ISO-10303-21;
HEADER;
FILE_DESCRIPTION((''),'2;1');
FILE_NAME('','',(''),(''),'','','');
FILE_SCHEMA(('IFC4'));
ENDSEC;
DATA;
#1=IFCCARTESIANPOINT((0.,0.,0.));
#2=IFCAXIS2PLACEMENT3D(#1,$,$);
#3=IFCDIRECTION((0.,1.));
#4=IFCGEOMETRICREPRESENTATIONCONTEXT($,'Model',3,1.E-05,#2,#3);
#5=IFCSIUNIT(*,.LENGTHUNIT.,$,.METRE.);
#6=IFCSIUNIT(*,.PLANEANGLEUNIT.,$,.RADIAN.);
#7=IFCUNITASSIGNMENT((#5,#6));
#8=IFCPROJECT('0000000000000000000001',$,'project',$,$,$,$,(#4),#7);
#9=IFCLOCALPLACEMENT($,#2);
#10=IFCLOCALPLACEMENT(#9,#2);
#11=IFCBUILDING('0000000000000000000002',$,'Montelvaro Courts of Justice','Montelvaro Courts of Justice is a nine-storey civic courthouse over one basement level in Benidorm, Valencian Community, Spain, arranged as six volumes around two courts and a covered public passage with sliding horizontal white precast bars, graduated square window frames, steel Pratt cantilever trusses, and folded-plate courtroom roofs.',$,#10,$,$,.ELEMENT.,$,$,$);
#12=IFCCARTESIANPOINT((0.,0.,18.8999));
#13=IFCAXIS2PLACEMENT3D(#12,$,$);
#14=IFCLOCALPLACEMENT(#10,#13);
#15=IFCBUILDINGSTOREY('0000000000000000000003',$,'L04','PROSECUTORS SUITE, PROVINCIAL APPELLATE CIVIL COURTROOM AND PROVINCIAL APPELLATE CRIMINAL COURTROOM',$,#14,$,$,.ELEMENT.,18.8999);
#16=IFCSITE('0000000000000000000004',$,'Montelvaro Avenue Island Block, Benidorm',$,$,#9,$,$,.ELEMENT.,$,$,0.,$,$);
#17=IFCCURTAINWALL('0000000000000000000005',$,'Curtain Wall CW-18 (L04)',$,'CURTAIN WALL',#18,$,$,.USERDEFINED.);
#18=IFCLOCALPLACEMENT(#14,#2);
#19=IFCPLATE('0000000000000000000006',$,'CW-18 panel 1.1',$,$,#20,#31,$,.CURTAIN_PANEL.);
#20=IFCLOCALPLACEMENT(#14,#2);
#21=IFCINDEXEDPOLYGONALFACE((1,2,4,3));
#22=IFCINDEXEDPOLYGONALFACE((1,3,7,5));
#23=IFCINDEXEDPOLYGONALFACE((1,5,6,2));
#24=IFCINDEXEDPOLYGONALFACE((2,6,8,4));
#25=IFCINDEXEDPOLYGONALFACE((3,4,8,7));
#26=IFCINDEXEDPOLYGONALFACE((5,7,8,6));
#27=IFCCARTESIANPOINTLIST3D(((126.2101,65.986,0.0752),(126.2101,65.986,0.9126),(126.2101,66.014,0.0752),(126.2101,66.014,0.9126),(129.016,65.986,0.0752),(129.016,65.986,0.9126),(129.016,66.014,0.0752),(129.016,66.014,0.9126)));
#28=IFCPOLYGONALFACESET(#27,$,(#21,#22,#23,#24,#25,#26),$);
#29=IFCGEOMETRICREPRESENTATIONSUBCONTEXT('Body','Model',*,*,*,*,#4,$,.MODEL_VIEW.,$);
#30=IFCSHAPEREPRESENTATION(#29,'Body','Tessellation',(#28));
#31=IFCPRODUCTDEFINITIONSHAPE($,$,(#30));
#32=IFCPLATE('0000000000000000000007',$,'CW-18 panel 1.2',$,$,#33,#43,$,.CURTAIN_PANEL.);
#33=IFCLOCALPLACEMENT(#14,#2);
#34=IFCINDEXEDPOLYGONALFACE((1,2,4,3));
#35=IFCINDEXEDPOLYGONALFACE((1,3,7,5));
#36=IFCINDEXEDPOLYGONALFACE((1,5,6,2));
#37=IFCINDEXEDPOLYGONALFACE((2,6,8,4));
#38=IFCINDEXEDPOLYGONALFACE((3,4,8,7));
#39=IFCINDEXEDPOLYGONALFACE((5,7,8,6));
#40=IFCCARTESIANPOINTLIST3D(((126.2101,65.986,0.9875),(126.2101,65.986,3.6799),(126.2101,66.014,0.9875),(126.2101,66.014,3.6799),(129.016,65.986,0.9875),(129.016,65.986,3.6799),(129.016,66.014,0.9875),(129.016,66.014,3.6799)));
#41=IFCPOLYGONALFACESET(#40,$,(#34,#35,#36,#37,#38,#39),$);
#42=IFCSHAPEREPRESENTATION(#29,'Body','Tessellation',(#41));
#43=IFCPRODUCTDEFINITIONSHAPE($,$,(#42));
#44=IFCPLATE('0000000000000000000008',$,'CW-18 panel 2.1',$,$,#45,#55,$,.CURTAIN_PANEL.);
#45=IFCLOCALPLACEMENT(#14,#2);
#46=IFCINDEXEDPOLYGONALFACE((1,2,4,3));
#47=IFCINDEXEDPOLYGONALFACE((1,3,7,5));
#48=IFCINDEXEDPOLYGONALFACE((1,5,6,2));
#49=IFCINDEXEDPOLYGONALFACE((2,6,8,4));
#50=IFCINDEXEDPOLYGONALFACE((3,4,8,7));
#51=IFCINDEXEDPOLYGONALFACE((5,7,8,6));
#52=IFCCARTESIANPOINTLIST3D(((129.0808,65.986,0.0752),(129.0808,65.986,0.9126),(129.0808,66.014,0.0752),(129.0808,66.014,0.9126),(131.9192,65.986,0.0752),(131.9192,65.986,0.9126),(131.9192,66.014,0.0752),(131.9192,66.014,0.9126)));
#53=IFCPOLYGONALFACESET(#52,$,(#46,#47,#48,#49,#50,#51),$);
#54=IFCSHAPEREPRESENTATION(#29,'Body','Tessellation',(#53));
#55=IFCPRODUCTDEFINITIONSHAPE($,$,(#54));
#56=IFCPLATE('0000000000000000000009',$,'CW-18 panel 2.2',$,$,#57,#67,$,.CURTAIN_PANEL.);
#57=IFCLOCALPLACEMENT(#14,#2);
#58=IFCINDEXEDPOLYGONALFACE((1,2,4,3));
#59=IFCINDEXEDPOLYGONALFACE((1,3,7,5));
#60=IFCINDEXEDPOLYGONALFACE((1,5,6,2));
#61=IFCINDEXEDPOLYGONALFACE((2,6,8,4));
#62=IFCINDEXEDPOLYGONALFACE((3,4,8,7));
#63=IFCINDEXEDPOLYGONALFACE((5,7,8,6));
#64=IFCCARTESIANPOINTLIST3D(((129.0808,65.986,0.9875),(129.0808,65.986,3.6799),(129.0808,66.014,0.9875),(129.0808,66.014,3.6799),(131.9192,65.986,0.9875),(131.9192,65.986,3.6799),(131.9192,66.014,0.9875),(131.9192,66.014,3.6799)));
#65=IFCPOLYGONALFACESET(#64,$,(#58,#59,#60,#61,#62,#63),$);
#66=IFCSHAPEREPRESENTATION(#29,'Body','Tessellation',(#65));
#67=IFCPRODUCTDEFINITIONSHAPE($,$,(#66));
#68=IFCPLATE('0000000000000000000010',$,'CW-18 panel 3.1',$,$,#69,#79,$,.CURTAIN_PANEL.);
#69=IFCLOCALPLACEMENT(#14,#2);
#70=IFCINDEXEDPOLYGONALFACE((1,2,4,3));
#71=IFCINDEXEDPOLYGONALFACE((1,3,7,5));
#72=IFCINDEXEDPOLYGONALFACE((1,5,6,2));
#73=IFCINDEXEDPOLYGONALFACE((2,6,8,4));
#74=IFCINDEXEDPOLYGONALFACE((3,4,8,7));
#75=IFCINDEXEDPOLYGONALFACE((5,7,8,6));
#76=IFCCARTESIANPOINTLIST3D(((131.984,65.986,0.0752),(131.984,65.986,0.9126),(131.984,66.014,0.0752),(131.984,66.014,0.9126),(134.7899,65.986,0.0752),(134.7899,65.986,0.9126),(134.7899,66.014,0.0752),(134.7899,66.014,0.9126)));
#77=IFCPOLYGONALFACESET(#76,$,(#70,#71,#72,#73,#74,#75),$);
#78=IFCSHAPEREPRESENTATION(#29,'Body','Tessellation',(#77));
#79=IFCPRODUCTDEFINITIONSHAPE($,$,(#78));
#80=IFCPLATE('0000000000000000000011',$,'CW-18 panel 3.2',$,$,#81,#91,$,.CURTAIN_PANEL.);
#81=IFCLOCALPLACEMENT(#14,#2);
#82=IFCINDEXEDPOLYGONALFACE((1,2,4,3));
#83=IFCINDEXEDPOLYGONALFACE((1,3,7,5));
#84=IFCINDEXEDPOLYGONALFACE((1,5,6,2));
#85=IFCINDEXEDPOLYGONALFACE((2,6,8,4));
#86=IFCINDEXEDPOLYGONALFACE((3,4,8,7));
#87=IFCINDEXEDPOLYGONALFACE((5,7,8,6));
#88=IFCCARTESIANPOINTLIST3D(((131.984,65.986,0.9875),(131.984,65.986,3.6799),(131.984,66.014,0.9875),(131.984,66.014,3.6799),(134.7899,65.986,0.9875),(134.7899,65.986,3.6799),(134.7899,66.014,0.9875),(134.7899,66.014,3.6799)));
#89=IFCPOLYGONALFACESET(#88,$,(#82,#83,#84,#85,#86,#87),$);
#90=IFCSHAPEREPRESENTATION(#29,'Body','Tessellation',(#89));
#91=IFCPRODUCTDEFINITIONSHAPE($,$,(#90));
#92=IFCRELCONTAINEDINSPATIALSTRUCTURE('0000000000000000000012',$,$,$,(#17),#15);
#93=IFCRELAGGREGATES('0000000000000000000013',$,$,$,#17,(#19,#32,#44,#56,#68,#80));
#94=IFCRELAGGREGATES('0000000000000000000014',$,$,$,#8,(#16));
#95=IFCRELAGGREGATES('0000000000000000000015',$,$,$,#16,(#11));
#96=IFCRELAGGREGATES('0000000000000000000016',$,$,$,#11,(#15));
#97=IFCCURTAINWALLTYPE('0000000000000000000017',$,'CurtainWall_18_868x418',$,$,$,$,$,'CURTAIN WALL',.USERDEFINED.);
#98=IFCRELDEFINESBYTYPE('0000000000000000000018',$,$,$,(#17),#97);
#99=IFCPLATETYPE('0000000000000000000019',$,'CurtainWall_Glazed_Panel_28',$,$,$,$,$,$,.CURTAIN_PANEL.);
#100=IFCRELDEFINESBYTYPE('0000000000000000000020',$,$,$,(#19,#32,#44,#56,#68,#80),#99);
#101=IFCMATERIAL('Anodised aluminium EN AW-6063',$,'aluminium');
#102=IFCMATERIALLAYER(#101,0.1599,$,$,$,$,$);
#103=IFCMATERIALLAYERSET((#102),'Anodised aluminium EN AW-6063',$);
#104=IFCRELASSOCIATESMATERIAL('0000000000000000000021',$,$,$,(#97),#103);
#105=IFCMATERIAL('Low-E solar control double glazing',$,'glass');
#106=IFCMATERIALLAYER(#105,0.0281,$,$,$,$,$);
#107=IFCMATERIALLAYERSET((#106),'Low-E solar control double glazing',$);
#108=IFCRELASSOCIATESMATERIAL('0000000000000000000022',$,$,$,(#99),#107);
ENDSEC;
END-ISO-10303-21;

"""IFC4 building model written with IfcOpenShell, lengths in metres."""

from ifc_helpers import new_model, si_unit, direction, frame, origin, origin_2d, place, context, subcontext, project, spatial, rectangle, extrude, material, layer, layer_set, type_object, element, aggregate, save


model = new_model("IFC4")

# Units and contexts
model_context = context("Model", 3, precision=1e-05, world=origin(), true_north=direction((0.0, 1.0)))
body_context = subcontext(model_context, "Body", "Model", "MODEL_VIEW")
ifc_project = project(units=[si_unit("LENGTHUNIT", "METRE"), si_unit("PLANEANGLEUNIT", "RADIAN")], contexts=[model_context])

# Site, building, storey
site_placement = place(None, origin())
site = spatial("IfcSite", under=ifc_project, at=site_placement, Name="Montelvaro Avenue Island Block, Benidorm", CompositionType="ELEMENT", RefElevation=0.0)
building_placement = place(site_placement, origin())
building = spatial("IfcBuilding", under=site, at=building_placement, Name="Montelvaro Courts of Justice", Description="Montelvaro Courts of Justice is a nine-storey civic courthouse over one basement level in Benidorm, Valencian Community, Spain, arranged as six volumes around two courts and a covered public passage with sliding horizontal white precast bars, graduated square window frames, steel Pratt cantilever trusses, and folded-plate courtroom roofs.", CompositionType="ELEMENT")
storey_placement = place(building_placement, frame((0.0, 0.0, 18.8999)))
storey = spatial("IfcBuildingStorey", under=building, at=storey_placement, Name="L04", Description="PROSECUTORS SUITE, PROVINCIAL APPELLATE CIVIL COURTROOM AND PROVINCIAL APPELLATE CRIMINAL COURTROOM", CompositionType="ELEMENT", Elevation=18.8999)

# Curtain wall
ifc_material_1 = material(Name="Anodised aluminium EN AW-6063", Category="aluminium")
ifc_layer_1 = layer(ifc_material_1, 0.1599)
ifc_layer_set_1 = layer_set([ifc_layer_1], Name="Anodised aluminium EN AW-6063")
curtain_wall_type = type_object("IfcCurtainWallType", Name="CurtainWall_18_868x418", ElementType="CURTAIN WALL", PredefinedType="USERDEFINED", material=ifc_layer_set_1)
curtain_wall_1_placement = place(storey_placement, origin())
curtain_wall_1 = element("IfcCurtainWall", 1, at=curtain_wall_1_placement, inside=storey, type_object=curtain_wall_type, Name="Curtain Wall CW-18 (L04)", ObjectType="CURTAIN WALL", PredefinedType="USERDEFINED")

# Plates
ifc_material_2 = material(Name="Low-E solar control double glazing", Category="glass")
ifc_layer_2 = layer(ifc_material_2, 0.0281)
ifc_layer_set_2 = layer_set([ifc_layer_2], Name="Low-E solar control double glazing")
plate_type = type_object("IfcPlateType", Name="CurtainWall_Glazed_Panel_28", PredefinedType="CURTAIN_PANEL", material=ifc_layer_set_2)
plate_1_placement = place(storey_placement, frame((127.613, 66.0, 0.0752), z_axis=(0.0, 0.0, 1.0), x_axis=(1.0, 0.0, 0.0)))
plate_1 = element("IfcPlate", 2, at=plate_1_placement, type_object=plate_type, Name="CW-18 panel 1.1", PredefinedType="CURTAIN_PANEL", context=body_context, shape_type="SweptSolid", body=[
    extrude(rectangle(XDim=2.8059, YDim=0.0281, at=origin_2d()), origin(), (0.0, 0.0, 1.0), 0.8374),
])
plate_2_placement = place(storey_placement, frame((127.613, 66.0, 0.9875), z_axis=(0.0, 0.0, 1.0), x_axis=(1.0, 0.0, 0.0)))
plate_2 = element("IfcPlate", 3, at=plate_2_placement, type_object=plate_type, Name="CW-18 panel 1.2", PredefinedType="CURTAIN_PANEL", context=body_context, shape_type="SweptSolid", body=[
    extrude(rectangle(XDim=2.8059, YDim=0.0281, at=origin_2d()), origin(), (0.0, 0.0, 1.0), 2.6924),
])
plate_3_placement = place(storey_placement, frame((130.5, 66.0, 0.0752), z_axis=(0.0, 0.0, 1.0), x_axis=(1.0, 0.0, 0.0)))
plate_3 = element("IfcPlate", 4, at=plate_3_placement, type_object=plate_type, Name="CW-18 panel 2.1", PredefinedType="CURTAIN_PANEL", context=body_context, shape_type="SweptSolid", body=[
    extrude(rectangle(XDim=2.8384, YDim=0.0281, at=origin_2d()), origin(), (0.0, 0.0, 1.0), 0.8374),
])
plate_4_placement = place(storey_placement, frame((130.5, 66.0, 0.9875), z_axis=(0.0, 0.0, 1.0), x_axis=(1.0, 0.0, 0.0)))
plate_4 = element("IfcPlate", 5, at=plate_4_placement, type_object=plate_type, Name="CW-18 panel 2.2", PredefinedType="CURTAIN_PANEL", context=body_context, shape_type="SweptSolid", body=[
    extrude(rectangle(XDim=2.8384, YDim=0.0281, at=origin_2d()), origin(), (0.0, 0.0, 1.0), 2.6924),
])
plate_5_placement = place(storey_placement, frame((133.387, 66.0, 0.0752), z_axis=(0.0, 0.0, 1.0), x_axis=(1.0, 0.0, 0.0)))
plate_5 = element("IfcPlate", 6, at=plate_5_placement, type_object=plate_type, Name="CW-18 panel 3.1", PredefinedType="CURTAIN_PANEL", context=body_context, shape_type="SweptSolid", body=[
    extrude(rectangle(XDim=2.8059, YDim=0.0281, at=origin_2d()), origin(), (0.0, 0.0, 1.0), 0.8374),
])
plate_6_placement = place(storey_placement, frame((133.387, 66.0, 0.9875), z_axis=(0.0, 0.0, 1.0), x_axis=(1.0, 0.0, 0.0)))
plate_6 = element("IfcPlate", 7, at=plate_6_placement, type_object=plate_type, Name="CW-18 panel 3.2", PredefinedType="CURTAIN_PANEL", context=body_context, shape_type="SweptSolid", body=[
    extrude(rectangle(XDim=2.8059, YDim=0.0281, at=origin_2d()), origin(), (0.0, 0.0, 1.0), 2.6924),
])
aggregate(curtain_wall_1, [plate_1, plate_2, plate_3, plate_4, plate_5, plate_6])

save(model, "model.ifc")
